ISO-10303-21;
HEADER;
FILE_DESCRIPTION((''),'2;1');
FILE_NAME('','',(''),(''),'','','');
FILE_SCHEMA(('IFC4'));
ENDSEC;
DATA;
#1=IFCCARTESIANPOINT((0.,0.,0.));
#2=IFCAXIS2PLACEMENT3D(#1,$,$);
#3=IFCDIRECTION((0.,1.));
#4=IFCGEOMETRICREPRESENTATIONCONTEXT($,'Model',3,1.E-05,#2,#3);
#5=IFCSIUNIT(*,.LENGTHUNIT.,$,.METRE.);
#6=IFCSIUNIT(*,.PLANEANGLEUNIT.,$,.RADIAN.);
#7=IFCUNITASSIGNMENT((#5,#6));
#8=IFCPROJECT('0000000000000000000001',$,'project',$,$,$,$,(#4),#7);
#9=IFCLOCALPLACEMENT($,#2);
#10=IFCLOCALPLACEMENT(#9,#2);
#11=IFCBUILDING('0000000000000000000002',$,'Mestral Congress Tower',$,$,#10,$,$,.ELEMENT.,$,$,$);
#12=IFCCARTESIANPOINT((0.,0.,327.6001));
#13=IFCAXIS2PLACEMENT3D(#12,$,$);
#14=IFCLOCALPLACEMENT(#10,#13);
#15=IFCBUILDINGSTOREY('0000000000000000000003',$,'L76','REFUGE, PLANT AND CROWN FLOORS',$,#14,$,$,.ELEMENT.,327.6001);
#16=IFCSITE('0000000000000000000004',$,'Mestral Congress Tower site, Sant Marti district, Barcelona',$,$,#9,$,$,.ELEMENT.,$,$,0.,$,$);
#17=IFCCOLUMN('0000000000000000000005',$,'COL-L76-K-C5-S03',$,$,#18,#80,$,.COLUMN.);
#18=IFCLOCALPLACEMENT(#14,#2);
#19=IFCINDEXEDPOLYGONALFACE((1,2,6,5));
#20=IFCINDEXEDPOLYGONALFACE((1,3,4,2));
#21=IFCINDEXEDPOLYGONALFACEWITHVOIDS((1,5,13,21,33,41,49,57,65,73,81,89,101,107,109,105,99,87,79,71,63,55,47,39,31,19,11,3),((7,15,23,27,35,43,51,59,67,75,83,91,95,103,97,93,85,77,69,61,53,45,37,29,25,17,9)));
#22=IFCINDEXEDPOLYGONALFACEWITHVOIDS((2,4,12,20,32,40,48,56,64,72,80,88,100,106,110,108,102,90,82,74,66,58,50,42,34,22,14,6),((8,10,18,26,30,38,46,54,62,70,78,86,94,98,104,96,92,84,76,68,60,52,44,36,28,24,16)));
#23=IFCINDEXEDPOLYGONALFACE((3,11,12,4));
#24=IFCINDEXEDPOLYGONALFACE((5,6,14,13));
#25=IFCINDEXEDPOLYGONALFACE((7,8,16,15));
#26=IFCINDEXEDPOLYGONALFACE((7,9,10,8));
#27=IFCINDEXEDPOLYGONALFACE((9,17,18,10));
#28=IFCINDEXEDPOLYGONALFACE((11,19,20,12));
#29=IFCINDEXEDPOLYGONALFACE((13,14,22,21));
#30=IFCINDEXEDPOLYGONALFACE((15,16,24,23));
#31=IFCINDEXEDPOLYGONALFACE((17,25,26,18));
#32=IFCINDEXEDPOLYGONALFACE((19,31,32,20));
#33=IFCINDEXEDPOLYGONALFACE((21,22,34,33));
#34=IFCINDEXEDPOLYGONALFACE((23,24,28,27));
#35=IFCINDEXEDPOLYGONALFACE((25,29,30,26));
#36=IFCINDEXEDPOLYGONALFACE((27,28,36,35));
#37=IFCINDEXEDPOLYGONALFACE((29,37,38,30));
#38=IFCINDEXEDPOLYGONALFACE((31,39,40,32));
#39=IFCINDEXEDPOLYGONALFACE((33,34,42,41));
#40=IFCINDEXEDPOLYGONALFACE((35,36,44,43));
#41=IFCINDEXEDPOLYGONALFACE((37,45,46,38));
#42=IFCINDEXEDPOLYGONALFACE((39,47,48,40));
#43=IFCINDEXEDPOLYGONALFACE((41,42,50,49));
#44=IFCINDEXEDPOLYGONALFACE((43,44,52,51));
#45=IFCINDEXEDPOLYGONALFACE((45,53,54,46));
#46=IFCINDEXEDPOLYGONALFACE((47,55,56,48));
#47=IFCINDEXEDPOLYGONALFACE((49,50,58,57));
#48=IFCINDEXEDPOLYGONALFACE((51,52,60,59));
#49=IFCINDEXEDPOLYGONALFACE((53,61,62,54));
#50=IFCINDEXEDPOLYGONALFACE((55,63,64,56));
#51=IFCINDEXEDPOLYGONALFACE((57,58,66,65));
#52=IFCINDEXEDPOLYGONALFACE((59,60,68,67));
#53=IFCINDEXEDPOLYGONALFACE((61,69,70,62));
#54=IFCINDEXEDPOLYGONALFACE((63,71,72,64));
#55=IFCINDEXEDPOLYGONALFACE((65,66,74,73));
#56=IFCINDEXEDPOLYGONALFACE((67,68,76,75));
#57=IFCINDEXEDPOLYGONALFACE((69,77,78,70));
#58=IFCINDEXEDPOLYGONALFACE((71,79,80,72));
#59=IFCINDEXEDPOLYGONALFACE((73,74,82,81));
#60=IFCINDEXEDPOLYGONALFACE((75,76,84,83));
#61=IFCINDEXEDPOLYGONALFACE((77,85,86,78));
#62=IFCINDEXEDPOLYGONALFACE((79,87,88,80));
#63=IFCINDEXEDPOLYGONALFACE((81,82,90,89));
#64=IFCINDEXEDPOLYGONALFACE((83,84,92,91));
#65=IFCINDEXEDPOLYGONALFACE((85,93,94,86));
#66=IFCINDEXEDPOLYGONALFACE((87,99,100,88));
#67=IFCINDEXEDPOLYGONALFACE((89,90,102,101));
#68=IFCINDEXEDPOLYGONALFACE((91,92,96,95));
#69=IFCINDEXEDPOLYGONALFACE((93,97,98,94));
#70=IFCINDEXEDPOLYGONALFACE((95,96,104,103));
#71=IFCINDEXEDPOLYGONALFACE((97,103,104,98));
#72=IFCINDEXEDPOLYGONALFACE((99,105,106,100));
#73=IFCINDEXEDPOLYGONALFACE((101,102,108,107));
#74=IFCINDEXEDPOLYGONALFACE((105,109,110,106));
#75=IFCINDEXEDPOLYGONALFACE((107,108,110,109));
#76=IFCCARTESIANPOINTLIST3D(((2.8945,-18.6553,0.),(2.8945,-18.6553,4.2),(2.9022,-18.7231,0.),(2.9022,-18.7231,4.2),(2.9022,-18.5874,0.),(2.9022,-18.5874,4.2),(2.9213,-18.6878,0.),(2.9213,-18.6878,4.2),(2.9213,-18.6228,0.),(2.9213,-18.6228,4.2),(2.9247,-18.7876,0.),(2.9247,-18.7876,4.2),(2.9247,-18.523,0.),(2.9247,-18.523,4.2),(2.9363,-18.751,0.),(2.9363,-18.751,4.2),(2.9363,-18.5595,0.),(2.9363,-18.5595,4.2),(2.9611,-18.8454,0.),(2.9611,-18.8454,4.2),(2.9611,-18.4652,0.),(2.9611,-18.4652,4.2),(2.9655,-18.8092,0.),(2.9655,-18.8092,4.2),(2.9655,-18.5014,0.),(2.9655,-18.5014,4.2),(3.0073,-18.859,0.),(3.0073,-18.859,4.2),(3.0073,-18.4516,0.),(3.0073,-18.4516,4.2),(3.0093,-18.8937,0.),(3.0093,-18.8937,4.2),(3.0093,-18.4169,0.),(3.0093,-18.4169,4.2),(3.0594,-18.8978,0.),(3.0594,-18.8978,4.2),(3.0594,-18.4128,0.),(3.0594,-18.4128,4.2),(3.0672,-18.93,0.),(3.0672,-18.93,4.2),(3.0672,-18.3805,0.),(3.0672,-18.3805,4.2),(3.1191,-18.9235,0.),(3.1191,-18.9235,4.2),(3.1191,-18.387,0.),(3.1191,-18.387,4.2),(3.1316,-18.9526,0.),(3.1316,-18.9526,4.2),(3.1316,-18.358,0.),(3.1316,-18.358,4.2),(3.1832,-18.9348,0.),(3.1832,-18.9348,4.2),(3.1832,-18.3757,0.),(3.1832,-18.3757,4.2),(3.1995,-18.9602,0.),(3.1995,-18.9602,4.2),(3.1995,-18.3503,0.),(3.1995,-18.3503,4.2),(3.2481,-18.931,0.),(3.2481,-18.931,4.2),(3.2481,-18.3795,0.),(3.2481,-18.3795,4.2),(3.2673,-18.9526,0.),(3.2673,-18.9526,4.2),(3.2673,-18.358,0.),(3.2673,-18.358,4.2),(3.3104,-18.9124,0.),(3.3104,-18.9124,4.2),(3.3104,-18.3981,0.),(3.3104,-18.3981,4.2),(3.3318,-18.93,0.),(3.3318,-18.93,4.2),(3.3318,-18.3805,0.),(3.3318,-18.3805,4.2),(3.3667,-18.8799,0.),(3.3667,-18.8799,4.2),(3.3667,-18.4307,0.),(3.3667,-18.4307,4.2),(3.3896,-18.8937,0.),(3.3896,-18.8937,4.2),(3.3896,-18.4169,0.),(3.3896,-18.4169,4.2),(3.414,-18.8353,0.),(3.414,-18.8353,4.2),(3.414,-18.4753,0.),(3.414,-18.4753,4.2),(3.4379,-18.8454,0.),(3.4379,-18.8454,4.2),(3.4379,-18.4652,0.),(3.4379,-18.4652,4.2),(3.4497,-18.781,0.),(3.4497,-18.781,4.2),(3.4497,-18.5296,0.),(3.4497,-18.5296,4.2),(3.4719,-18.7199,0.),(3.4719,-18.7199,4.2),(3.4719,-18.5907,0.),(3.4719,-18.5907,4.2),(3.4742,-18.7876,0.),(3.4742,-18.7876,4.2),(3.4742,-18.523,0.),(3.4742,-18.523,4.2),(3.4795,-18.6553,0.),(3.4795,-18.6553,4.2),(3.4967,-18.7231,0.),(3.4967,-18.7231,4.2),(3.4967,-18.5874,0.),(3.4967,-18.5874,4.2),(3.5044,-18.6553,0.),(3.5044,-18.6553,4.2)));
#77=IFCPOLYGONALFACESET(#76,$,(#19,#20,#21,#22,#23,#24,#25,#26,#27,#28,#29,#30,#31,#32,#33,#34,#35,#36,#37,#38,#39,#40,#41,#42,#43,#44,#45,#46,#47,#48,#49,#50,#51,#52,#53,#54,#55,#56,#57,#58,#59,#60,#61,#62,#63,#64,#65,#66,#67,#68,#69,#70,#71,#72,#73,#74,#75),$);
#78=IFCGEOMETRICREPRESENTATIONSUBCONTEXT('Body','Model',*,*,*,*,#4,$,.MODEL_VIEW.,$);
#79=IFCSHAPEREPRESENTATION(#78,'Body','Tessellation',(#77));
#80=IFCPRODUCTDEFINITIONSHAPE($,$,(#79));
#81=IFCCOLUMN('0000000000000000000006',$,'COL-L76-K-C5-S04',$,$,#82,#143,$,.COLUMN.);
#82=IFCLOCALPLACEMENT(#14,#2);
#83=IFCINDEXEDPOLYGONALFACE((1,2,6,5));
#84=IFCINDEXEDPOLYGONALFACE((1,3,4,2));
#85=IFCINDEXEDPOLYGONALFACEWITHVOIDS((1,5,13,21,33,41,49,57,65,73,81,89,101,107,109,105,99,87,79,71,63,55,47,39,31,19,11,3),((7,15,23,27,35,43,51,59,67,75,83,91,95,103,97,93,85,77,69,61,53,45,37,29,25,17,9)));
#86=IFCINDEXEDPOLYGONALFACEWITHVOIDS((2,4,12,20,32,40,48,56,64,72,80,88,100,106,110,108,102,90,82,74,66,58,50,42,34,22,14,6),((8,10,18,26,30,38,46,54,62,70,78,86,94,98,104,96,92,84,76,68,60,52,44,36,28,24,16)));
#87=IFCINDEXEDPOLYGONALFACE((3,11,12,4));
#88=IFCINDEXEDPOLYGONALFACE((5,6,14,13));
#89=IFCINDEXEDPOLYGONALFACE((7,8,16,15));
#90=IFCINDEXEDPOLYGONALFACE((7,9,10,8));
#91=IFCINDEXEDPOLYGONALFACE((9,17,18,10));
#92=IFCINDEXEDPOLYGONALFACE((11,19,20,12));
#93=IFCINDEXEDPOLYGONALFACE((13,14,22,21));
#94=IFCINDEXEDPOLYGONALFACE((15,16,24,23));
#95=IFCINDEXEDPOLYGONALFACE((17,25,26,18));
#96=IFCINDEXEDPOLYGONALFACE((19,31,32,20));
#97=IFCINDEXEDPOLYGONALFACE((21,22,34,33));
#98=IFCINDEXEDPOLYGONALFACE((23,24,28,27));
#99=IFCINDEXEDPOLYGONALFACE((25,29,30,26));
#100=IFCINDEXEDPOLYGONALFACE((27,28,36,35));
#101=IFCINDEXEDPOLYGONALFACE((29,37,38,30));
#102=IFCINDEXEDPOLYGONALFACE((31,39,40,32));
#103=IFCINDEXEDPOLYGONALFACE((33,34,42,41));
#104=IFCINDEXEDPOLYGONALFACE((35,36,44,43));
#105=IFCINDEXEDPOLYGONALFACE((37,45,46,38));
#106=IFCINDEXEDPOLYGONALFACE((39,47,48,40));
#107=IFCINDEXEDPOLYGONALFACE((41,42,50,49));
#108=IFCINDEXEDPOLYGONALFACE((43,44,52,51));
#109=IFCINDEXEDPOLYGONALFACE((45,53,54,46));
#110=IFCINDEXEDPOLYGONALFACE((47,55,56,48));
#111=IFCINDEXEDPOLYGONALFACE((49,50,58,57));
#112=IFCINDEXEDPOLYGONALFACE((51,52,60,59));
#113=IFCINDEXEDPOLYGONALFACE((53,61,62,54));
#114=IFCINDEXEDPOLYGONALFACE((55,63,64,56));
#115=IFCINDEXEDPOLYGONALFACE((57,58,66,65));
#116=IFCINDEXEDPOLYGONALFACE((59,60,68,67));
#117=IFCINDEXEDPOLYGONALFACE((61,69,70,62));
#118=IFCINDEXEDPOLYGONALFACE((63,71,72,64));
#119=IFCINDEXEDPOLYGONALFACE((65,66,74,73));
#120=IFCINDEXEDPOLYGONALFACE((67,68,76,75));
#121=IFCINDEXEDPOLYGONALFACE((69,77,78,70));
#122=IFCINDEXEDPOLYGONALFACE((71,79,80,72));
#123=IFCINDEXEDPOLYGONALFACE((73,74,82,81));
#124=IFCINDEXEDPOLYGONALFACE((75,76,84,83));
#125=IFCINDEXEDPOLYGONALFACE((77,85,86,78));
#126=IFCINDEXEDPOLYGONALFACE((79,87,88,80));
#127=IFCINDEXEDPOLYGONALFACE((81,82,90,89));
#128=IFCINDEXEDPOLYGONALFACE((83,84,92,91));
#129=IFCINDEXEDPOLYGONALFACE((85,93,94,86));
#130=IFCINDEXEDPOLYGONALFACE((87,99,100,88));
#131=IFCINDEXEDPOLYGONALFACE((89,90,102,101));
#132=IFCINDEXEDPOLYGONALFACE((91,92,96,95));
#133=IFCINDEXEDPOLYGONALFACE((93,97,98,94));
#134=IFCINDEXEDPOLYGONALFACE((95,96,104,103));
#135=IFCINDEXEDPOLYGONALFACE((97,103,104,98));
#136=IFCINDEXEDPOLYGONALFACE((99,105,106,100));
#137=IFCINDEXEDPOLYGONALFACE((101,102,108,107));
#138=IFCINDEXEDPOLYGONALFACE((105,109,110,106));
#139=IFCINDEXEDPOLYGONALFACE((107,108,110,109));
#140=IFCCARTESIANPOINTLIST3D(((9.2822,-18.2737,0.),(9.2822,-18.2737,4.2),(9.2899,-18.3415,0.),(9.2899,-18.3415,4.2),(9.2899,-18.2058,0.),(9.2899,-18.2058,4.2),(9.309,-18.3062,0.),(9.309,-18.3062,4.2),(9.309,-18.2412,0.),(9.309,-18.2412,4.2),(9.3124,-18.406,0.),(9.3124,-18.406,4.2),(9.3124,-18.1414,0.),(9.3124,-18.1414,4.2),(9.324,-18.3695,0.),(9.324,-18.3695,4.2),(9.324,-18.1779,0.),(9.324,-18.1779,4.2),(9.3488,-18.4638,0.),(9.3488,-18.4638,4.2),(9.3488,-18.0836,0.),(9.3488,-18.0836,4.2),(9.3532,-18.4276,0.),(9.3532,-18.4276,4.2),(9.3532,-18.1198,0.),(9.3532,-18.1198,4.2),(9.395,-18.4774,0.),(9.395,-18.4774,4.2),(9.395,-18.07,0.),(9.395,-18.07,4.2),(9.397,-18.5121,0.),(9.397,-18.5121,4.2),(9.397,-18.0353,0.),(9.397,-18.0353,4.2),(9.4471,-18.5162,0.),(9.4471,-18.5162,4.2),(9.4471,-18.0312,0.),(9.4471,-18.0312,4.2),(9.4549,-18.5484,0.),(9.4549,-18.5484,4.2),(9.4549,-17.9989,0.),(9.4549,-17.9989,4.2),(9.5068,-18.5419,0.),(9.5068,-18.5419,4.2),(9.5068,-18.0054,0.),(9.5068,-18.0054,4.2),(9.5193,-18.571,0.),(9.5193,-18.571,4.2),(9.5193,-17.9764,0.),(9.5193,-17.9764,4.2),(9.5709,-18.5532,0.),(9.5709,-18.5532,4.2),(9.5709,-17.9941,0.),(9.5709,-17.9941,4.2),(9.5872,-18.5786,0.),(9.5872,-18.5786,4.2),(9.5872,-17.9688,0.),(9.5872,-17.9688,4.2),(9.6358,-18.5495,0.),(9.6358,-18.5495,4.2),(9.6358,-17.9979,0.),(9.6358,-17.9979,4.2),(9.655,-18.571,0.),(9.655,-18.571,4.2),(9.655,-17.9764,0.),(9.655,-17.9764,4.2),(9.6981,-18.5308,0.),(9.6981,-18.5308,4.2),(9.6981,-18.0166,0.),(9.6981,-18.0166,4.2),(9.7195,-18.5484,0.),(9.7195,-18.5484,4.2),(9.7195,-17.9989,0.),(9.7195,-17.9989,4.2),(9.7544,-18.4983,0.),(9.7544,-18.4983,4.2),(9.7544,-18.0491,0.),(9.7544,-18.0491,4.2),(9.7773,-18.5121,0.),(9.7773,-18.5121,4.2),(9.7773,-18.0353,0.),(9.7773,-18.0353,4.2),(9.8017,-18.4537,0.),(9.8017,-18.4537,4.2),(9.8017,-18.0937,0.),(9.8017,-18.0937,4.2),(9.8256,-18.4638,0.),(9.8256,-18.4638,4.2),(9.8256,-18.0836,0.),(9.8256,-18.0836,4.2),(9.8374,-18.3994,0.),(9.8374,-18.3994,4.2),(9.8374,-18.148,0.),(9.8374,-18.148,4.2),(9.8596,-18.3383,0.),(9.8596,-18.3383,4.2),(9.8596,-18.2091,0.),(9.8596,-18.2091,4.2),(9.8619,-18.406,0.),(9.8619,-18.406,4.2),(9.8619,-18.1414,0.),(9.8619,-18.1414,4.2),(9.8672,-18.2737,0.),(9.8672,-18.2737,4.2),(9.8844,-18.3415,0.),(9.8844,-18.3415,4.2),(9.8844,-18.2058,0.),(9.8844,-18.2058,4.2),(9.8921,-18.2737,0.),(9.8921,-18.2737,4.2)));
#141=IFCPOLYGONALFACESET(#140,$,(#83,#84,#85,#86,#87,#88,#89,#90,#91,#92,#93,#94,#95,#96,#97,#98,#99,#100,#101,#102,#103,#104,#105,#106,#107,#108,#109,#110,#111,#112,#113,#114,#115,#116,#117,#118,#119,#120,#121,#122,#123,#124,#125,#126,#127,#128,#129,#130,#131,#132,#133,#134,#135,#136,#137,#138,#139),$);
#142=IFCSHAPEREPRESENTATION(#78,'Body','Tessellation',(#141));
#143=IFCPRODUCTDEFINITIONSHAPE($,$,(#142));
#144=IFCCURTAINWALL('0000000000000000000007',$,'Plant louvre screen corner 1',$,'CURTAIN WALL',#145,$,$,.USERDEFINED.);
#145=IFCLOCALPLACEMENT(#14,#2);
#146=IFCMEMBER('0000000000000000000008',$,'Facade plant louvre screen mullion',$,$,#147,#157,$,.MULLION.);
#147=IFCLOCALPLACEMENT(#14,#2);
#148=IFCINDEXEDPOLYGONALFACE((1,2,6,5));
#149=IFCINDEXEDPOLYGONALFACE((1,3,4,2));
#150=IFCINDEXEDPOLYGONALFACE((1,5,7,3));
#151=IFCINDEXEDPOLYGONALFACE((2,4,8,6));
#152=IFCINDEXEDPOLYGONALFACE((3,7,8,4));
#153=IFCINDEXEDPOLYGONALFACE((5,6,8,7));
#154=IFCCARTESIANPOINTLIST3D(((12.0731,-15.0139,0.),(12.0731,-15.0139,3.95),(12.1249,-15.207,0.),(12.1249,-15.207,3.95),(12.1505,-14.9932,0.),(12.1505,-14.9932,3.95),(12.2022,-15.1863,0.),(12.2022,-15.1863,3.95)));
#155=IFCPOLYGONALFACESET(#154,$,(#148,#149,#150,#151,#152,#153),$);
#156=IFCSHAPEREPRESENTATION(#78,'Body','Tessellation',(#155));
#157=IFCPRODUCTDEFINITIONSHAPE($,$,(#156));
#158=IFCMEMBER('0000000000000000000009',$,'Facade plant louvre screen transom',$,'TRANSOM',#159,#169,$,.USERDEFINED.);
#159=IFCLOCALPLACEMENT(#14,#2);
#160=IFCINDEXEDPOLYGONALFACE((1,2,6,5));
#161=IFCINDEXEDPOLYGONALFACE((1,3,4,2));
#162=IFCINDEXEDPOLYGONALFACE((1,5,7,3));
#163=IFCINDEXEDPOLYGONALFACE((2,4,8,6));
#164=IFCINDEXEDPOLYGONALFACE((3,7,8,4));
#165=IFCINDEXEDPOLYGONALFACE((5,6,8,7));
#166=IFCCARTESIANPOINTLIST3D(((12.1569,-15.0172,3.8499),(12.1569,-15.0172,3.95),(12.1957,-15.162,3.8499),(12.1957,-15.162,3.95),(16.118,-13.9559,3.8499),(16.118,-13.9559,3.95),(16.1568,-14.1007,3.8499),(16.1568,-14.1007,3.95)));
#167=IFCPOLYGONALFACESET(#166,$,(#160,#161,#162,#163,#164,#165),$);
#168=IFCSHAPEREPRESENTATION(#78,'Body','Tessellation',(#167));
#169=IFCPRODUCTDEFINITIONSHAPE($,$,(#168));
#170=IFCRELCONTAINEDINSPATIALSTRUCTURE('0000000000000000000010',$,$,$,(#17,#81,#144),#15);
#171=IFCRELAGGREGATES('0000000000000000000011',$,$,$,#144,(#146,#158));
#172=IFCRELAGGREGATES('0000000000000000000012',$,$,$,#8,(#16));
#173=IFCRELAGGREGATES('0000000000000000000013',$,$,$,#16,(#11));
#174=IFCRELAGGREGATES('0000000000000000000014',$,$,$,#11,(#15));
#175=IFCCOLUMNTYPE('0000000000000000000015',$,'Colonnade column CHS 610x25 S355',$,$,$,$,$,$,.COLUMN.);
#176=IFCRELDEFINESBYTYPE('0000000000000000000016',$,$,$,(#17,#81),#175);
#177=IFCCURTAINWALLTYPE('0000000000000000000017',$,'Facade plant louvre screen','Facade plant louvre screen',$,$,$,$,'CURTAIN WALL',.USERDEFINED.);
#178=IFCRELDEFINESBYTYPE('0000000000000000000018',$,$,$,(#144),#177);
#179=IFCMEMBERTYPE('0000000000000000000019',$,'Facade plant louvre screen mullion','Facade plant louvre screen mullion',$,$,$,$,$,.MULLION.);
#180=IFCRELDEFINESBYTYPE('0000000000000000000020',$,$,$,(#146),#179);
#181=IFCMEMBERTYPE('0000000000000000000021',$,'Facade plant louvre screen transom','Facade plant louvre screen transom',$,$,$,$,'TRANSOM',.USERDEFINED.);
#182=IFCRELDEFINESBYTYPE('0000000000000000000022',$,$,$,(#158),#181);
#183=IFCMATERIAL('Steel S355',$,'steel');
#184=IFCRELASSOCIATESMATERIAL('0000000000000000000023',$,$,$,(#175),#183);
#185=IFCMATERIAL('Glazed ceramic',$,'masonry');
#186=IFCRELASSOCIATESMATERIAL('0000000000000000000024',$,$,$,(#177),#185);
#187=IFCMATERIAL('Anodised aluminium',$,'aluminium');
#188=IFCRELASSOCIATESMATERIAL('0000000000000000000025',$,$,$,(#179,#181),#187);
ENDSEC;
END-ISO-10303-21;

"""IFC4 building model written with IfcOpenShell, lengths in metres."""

from ifc_helpers import new_model, si_unit, direction, frame, origin, origin_2d, place, context, subcontext, project, spatial, rectangle, hollow_circle, extrude, material, material_profile, profile_set, type_object, element, aggregate, save


model = new_model("IFC4")

# Units and contexts
model_context = context("Model", 3, precision=1e-05, world=origin(), true_north=direction((0.0, 1.0)))
body_context = subcontext(model_context, "Body", "Model", "MODEL_VIEW")
ifc_project = project(units=[si_unit("LENGTHUNIT", "METRE"), si_unit("PLANEANGLEUNIT", "RADIAN")], contexts=[model_context])

# Site, building, storey
site_placement = place(None, origin())
site = spatial("IfcSite", under=ifc_project, at=site_placement, Name="Mestral Congress Tower site, Sant Marti district, Barcelona", CompositionType="ELEMENT", RefElevation=0.0)
building_placement = place(site_placement, origin())
building = spatial("IfcBuilding", under=site, at=building_placement, Name="Mestral Congress Tower", CompositionType="ELEMENT")
storey_placement = place(building_placement, frame((0.0, 0.0, 327.6001)))
storey = spatial("IfcBuildingStorey", under=building, at=storey_placement, Name="L76", Description="REFUGE, PLANT AND CROWN FLOORS", CompositionType="ELEMENT", Elevation=327.6001)

# Columns
ifc_material_1 = material(Name="Steel S355", Category="steel")
ifc_material_profile_1 = material_profile(ifc_material_1, hollow_circle(Radius=0.3049, WallThickness=0.0249, at=origin_2d()), Name="CHS 610x25")
ifc_profile_set_1 = profile_set([ifc_material_profile_1], Name="Steel S355")
column_type = type_object("IfcColumnType", Name="Colonnade column CHS 610x25 S355", PredefinedType="COLUMN", material=ifc_profile_set_1)
for number, where, z_axis, x_axis, name in (
    (1, (3.1995, -18.6553, 0.0), (0.0, 0.0, 1.0), (1.0, 0.0, 0.0), "COL-L76-K-C5-S03"),
    (2, (9.5872, -18.2737, 0.0), (0.0, 0.0, 1.0), (1.0, 0.0, 0.0), "COL-L76-K-C5-S04"),
):
    element("IfcColumn", number, at=place(storey_placement, frame(where, z_axis=z_axis, x_axis=x_axis)), inside=storey, type_object=column_type, Name=name, PredefinedType="COLUMN", context=body_context, shape_type="SweptSolid", body=[
        extrude(hollow_circle(Radius=0.3049, WallThickness=0.0249, at=origin_2d()), origin(), (0.0, 0.0, 1.0), 4.2),
    ])

# Curtain wall, members
ifc_material_2 = material(Name="Glazed ceramic", Category="masonry")
curtain_wall_type = type_object("IfcCurtainWallType", Name="Facade plant louvre screen", Description="Facade plant louvre screen", ElementType="CURTAIN WALL", PredefinedType="USERDEFINED", material=ifc_material_2)
curtain_wall_placement = place(storey_placement, origin())
curtain_wall = element("IfcCurtainWall", 3, at=curtain_wall_placement, inside=storey, type_object=curtain_wall_type, Name="Plant louvre screen corner 1", ObjectType="CURTAIN WALL", PredefinedType="USERDEFINED")
ifc_material_3 = material(Name="Anodised aluminium", Category="aluminium")
ifc_material_profile_2 = material_profile(ifc_material_3, rectangle(XDim=0.2, YDim=0.0801, at=origin_2d()), Name="CW6 mullion 200 x 80")
ifc_profile_set_2 = profile_set([ifc_material_profile_2], Name="Anodised aluminium")
member_type_1 = type_object("IfcMemberType", Name="Facade plant louvre screen mullion", Description="Facade plant louvre screen mullion", PredefinedType="MULLION", material=ifc_profile_set_2)
member_1_placement = place(storey_placement, frame((12.1377, -15.1001, 0.0), z_axis=(0.0, 0.0, 1.0), x_axis=(0.258819, -0.965926, 0.0)))
member_1 = element("IfcMember", 4, at=member_1_placement, type_object=member_type_1, Name="Facade plant louvre screen mullion", PredefinedType="MULLION", context=body_context, shape_type="SweptSolid", body=[
    extrude(rectangle(XDim=0.2, YDim=0.0801, at=origin_2d()), origin(), (0.0, 0.0, 1.0), 3.95),
])
ifc_material_profile_3 = material_profile(ifc_material_3, rectangle(XDim=0.1499, YDim=0.1001, at=origin_2d()), Name="CW6 transom 150 x 100")
ifc_profile_set_3 = profile_set([ifc_material_profile_3], Name="Anodised aluminium")
member_type_2 = type_object("IfcMemberType", Name="Facade plant louvre screen transom", Description="Facade plant louvre screen transom", ElementType="TRANSOM", PredefinedType="USERDEFINED", material=ifc_profile_set_3)
member_2_placement = place(storey_placement, frame((12.1763, -15.0896, 3.8999), z_axis=(0.965933, 0.258793, 0.0), x_axis=(-0.258793, 0.965933, 0.0)))
member_2 = element("IfcMember", 5, at=member_2_placement, type_object=member_type_2, Name="Facade plant louvre screen transom", ObjectType="TRANSOM", PredefinedType="USERDEFINED", context=body_context, shape_type="SweptSolid", body=[
    extrude(rectangle(XDim=0.1499, YDim=0.1001, at=origin_2d()), origin(), (0.0, 0.0, 1.0), 4.1008),
])
aggregate(curtain_wall, [member_1, member_2])

save(model, "model.ifc")
